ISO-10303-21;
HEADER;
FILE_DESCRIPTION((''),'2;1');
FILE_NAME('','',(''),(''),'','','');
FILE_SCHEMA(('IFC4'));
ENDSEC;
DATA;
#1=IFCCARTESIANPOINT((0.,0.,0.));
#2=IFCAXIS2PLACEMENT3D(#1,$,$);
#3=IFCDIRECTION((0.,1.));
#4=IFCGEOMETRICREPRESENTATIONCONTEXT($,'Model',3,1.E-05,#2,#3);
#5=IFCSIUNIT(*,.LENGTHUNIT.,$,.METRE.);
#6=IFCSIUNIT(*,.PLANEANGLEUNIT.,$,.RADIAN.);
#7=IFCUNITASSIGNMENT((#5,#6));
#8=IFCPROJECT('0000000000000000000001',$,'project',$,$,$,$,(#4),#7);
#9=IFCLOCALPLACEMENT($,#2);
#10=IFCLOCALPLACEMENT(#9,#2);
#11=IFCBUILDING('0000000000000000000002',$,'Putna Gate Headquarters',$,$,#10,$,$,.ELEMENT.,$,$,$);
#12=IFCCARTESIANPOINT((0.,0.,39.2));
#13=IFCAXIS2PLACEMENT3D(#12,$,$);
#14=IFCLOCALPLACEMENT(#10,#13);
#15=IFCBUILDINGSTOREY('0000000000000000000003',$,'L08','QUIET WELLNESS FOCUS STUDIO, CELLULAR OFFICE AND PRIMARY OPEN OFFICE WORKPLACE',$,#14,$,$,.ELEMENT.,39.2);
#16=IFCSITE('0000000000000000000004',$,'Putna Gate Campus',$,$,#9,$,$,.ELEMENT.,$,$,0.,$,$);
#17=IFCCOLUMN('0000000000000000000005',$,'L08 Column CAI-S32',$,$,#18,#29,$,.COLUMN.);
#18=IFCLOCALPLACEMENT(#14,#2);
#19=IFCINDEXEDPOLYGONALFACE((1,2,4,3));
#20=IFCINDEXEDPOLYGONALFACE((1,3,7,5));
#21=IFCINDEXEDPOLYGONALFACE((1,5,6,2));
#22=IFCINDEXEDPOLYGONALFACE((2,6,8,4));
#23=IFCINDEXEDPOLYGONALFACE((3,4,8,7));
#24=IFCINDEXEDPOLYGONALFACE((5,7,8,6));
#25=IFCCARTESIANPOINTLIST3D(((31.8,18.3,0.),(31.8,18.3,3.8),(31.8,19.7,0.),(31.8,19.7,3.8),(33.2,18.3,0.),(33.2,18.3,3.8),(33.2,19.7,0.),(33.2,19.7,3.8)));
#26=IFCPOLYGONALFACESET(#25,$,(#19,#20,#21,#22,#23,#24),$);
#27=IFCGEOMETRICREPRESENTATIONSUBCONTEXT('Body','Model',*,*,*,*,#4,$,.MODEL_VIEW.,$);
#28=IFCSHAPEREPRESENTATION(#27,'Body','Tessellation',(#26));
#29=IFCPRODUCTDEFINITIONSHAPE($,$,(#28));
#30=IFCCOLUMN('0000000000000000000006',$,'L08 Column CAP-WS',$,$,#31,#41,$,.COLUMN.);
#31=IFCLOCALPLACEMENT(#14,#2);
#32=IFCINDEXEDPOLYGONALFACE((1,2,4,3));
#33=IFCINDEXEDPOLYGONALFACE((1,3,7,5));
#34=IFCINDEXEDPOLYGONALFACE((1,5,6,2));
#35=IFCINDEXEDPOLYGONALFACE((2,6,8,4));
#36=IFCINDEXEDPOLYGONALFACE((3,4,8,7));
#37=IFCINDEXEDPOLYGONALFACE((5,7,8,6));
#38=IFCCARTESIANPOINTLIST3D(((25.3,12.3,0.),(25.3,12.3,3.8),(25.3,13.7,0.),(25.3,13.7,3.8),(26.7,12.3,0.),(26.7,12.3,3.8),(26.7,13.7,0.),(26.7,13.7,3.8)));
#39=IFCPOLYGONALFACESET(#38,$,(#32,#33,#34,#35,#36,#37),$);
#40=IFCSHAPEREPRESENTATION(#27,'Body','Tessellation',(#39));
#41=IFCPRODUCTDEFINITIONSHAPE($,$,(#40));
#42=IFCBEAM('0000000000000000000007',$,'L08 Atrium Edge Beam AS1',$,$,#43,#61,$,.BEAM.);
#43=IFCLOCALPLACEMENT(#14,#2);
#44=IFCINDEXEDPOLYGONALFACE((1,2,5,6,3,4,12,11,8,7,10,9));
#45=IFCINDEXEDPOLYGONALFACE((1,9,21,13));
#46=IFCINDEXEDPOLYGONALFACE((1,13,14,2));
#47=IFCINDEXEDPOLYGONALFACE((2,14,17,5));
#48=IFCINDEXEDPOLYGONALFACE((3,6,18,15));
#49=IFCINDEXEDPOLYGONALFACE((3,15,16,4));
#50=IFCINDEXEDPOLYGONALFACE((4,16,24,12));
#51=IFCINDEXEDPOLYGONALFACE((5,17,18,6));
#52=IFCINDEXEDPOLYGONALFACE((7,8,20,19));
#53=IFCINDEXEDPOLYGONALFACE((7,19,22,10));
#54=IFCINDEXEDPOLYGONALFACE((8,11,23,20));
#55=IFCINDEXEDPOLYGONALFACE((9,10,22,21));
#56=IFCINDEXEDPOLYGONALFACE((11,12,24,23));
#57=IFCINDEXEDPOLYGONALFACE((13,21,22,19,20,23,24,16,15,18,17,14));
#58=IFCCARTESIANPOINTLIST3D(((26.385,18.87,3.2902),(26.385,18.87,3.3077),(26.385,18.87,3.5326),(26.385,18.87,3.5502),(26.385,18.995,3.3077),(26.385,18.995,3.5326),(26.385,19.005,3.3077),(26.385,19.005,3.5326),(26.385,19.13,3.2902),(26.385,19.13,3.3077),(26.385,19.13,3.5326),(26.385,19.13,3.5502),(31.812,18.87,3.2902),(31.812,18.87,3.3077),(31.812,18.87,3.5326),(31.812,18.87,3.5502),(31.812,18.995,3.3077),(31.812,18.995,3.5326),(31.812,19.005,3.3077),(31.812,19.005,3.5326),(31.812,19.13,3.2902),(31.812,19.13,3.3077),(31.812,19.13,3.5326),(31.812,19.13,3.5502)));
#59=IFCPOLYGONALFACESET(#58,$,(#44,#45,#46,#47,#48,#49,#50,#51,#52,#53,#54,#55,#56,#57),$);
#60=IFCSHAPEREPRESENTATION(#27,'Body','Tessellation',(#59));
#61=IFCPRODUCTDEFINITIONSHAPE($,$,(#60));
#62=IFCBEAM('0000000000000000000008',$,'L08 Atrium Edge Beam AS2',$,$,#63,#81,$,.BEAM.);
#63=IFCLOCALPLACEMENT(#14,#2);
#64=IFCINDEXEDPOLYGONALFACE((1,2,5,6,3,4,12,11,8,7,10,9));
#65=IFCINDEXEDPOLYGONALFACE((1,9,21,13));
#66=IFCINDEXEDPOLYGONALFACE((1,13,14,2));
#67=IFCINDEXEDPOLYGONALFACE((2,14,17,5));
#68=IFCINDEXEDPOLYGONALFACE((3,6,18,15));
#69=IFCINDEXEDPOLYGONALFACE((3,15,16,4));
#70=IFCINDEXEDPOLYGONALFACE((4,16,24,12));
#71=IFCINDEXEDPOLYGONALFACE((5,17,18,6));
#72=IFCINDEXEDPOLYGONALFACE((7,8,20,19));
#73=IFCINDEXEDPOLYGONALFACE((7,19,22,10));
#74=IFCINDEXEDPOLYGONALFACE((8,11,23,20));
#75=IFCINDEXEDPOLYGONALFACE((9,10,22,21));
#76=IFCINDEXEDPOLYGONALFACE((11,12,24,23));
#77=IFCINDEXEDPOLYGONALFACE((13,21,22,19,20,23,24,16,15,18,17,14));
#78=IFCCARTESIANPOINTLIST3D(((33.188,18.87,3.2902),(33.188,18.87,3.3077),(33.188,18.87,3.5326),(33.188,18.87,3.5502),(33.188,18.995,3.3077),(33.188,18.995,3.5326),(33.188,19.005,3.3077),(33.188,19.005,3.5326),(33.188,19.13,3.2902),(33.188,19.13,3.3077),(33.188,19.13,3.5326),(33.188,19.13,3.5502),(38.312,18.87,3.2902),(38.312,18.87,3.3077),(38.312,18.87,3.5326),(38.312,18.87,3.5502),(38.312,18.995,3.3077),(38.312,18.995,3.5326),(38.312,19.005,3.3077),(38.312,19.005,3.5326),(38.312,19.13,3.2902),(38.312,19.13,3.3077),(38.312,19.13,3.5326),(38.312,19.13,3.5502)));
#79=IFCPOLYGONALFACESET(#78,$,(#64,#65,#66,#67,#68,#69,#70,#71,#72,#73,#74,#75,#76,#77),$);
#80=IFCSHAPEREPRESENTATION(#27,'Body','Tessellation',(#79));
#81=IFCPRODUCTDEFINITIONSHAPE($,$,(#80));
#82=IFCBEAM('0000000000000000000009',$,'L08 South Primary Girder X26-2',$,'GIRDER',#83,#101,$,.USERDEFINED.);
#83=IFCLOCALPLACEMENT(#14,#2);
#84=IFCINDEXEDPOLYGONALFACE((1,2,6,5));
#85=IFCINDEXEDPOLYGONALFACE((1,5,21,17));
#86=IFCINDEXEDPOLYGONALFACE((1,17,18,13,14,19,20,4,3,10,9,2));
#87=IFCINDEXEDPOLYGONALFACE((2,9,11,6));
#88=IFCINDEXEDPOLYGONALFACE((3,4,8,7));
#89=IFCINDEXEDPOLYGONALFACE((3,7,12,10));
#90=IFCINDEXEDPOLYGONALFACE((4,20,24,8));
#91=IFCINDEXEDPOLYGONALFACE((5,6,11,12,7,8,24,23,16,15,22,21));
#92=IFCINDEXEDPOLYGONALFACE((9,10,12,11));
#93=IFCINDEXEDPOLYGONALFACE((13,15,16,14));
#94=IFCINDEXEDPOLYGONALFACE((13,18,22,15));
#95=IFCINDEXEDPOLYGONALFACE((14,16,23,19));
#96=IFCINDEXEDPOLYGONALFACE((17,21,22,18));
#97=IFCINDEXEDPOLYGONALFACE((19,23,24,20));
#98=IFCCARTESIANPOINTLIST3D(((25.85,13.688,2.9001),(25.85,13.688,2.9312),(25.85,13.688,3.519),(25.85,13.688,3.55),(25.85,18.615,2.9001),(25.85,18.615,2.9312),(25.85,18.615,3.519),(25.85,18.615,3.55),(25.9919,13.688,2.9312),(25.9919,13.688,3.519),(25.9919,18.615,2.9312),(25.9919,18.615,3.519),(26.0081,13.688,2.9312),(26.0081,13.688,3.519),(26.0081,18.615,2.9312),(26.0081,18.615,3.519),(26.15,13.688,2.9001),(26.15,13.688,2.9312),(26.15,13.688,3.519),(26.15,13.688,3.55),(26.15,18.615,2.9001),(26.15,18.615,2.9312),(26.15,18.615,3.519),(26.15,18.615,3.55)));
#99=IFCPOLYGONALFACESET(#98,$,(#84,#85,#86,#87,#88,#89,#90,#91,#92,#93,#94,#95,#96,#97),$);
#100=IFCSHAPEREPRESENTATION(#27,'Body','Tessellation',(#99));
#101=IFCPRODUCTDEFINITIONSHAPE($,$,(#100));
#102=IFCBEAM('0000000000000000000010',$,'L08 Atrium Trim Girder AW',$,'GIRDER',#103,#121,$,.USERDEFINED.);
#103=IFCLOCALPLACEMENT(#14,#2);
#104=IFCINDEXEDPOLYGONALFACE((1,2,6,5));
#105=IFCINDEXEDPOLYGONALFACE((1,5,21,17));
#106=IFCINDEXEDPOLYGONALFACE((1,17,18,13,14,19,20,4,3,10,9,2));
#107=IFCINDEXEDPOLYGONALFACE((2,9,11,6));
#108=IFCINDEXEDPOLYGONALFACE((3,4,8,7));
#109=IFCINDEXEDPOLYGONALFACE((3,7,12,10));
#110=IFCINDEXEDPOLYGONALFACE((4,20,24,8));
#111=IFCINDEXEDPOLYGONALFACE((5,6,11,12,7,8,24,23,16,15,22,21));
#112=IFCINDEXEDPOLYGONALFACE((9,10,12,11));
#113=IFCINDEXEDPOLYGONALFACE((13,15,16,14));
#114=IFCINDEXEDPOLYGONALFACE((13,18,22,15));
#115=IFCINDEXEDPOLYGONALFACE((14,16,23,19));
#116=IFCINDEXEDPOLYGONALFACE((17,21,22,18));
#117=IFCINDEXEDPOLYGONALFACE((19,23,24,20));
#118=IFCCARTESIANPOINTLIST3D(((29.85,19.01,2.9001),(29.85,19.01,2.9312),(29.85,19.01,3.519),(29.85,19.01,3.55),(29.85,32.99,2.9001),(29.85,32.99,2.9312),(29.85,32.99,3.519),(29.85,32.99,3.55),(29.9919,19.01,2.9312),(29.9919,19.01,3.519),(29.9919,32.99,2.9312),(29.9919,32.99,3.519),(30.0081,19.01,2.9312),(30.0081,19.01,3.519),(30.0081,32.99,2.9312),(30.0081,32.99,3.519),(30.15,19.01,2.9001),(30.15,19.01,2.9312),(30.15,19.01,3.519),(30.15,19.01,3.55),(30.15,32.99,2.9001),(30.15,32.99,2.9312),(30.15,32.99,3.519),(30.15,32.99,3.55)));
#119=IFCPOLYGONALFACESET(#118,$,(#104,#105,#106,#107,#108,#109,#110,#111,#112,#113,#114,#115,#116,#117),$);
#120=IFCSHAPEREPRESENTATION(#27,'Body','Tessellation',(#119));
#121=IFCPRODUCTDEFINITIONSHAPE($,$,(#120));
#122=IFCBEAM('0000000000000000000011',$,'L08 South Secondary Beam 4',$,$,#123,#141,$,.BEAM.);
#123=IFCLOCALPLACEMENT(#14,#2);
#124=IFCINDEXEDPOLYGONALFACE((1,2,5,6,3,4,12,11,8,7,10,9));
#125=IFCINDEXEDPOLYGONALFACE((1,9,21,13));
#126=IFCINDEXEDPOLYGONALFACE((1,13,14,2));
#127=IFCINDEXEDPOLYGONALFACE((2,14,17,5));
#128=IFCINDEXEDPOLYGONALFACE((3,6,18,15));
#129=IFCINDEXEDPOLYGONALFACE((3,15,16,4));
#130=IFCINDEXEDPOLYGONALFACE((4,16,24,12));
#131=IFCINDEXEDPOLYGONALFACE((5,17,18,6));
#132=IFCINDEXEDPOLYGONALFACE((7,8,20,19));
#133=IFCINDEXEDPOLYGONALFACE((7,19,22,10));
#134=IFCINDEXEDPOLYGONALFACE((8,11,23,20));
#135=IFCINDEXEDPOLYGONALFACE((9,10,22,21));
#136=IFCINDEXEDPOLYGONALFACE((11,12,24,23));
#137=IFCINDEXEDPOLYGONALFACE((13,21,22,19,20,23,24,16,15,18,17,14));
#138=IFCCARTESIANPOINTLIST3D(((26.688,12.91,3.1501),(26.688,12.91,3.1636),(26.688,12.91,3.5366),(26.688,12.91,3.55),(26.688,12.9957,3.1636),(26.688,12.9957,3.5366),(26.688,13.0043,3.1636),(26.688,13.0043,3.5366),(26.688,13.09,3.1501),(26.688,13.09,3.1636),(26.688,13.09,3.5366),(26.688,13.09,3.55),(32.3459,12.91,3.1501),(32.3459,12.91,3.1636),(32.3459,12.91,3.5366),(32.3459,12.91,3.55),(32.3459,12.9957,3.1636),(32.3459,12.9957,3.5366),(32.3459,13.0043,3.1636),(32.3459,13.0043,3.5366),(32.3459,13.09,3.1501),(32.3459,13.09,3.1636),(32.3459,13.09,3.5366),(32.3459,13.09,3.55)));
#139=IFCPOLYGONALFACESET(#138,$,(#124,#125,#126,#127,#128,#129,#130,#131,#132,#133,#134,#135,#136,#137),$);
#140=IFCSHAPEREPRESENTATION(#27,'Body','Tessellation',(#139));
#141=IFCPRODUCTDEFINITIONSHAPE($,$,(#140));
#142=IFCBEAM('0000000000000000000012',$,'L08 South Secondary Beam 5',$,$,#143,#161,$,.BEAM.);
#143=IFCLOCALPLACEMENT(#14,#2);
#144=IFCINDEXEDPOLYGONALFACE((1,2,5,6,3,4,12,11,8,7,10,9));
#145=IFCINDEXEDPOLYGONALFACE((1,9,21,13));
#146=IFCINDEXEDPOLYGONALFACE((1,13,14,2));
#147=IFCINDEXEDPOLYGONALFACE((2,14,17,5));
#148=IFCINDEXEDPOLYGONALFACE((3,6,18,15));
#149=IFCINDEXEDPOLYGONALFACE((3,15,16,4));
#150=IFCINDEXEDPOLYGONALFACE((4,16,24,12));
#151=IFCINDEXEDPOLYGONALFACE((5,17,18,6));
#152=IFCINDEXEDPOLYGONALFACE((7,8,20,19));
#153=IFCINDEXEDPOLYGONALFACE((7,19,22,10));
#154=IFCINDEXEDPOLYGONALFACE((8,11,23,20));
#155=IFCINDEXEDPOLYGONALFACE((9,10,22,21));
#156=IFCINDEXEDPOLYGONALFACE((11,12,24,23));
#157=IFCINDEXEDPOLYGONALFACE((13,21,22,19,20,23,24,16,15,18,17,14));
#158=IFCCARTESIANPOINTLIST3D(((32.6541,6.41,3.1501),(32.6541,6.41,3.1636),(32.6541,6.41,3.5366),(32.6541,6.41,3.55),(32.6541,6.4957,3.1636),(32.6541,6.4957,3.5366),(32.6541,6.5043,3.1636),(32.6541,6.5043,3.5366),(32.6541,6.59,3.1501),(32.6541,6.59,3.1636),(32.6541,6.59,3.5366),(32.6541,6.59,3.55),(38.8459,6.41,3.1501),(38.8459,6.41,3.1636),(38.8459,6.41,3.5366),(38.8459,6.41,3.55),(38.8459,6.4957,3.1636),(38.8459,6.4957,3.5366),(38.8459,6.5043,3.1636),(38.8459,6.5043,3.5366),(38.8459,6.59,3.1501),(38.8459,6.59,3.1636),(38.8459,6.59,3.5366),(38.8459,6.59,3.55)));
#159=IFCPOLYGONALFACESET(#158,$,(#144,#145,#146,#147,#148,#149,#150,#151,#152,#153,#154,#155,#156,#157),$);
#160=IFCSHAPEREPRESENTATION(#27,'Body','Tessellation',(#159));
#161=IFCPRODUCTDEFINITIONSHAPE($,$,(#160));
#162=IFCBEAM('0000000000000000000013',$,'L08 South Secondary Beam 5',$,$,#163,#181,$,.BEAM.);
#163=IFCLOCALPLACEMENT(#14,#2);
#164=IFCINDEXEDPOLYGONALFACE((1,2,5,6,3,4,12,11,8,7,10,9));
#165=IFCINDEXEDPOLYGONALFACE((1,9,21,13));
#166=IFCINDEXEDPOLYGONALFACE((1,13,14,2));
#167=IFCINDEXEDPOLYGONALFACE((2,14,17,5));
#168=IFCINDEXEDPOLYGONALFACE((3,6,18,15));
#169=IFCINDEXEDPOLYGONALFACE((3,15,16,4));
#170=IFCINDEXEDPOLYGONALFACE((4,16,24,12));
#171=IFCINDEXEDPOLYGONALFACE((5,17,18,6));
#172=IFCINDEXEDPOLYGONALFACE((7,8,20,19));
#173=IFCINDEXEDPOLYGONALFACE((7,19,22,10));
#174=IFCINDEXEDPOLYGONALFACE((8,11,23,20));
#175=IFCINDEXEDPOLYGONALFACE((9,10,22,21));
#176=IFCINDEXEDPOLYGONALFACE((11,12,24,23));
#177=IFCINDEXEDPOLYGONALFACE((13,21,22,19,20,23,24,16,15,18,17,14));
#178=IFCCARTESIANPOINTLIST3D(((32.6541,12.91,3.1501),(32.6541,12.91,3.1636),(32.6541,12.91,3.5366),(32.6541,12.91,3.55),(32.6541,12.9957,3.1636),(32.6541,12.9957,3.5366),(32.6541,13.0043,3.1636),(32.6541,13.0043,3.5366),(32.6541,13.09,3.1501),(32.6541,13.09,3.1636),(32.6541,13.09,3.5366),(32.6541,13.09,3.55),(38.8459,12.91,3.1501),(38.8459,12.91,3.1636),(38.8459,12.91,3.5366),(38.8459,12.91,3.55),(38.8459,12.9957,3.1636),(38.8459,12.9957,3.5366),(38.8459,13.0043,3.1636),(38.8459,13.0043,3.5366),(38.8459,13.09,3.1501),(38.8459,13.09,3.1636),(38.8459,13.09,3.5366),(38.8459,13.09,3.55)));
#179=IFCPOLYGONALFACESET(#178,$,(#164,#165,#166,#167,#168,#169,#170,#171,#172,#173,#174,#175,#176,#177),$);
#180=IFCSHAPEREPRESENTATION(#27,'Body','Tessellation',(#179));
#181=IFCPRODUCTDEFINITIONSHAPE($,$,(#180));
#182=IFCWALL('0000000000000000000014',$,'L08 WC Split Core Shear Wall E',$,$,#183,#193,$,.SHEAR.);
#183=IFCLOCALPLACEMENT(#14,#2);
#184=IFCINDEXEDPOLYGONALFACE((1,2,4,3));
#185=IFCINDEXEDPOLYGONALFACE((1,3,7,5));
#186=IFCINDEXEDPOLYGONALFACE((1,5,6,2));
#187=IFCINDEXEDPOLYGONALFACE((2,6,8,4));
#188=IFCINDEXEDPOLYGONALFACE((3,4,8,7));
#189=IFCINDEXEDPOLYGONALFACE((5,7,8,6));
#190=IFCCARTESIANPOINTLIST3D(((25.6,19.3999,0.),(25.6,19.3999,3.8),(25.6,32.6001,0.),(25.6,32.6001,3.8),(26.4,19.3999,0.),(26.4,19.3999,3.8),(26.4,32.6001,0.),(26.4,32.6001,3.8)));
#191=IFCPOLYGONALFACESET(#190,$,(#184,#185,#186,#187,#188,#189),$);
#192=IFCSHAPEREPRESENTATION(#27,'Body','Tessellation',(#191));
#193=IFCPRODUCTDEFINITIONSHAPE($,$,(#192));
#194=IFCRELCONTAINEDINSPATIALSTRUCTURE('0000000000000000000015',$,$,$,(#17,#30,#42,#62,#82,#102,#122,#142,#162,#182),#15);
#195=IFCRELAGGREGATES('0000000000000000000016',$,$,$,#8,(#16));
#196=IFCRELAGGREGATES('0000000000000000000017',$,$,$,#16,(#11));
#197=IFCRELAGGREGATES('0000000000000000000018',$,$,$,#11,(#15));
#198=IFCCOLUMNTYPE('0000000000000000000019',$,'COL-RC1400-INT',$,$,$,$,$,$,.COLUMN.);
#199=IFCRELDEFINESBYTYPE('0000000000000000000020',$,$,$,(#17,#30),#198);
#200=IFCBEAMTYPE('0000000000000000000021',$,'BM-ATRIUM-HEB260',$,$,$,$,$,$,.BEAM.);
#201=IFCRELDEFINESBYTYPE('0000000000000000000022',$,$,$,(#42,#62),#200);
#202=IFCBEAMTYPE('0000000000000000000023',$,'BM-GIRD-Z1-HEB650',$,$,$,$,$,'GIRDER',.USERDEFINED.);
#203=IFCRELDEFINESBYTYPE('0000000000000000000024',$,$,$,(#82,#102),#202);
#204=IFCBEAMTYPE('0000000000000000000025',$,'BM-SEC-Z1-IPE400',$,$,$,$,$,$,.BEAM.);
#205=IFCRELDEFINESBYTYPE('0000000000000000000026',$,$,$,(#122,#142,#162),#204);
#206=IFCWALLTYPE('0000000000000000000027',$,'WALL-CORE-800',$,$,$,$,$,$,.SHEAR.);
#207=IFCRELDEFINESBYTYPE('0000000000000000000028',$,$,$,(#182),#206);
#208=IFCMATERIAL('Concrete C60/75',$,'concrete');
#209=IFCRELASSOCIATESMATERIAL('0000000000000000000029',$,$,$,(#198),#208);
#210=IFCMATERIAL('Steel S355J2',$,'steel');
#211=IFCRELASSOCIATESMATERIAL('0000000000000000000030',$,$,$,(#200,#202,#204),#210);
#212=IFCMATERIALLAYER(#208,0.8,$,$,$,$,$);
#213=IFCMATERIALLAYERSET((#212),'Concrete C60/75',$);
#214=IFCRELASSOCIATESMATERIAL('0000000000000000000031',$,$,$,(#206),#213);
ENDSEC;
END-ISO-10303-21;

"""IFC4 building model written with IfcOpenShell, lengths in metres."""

from ifc_helpers import new_model, si_unit, direction, frame, frame_2d, origin, origin_2d, place, context, subcontext, project, spatial, rectangle, i_section, extrude, material, layer, layer_set, material_profile, profile_set, type_object, element, save


model = new_model("IFC4")

# Units and contexts
model_context = context("Model", 3, precision=1e-05, world=origin(), true_north=direction((0.0, 1.0)))
body_context = subcontext(model_context, "Body", "Model", "MODEL_VIEW")
ifc_project = project(units=[si_unit("LENGTHUNIT", "METRE"), si_unit("PLANEANGLEUNIT", "RADIAN")], contexts=[model_context])

# Site, building, storey
site_placement = place(None, origin())
site = spatial("IfcSite", under=ifc_project, at=site_placement, Name="Putna Gate Campus", CompositionType="ELEMENT", RefElevation=0.0)
building_placement = place(site_placement, origin())
building = spatial("IfcBuilding", under=site, at=building_placement, Name="Putna Gate Headquarters", CompositionType="ELEMENT")
storey_placement = place(building_placement, frame((0.0, 0.0, 39.2)))
storey = spatial("IfcBuildingStorey", under=building, at=storey_placement, Name="L08", Description="QUIET WELLNESS FOCUS STUDIO, CELLULAR OFFICE AND PRIMARY OPEN OFFICE WORKPLACE", CompositionType="ELEMENT", Elevation=39.2)

# Columns
ifc_material_1 = material(Name="Concrete C60/75", Category="concrete")
ifc_material_profile_1 = material_profile(ifc_material_1, rectangle(XDim=1.3999, YDim=1.3999, at=origin_2d()), Name="Concrete C60/75")
ifc_profile_set_1 = profile_set([ifc_material_profile_1], Name="Concrete C60/75")
column_type = type_object("IfcColumnType", Name="COL-RC1400-INT", PredefinedType="COLUMN", material=ifc_profile_set_1)
for number, where, z_axis, x_axis, name in (
    (1, (32.5, 19.0, 0.0), (0.0, 0.0, 1.0), (1.0, 0.0, 0.0), "L08 Column CAI-S32"),
    (2, (26.0, 13.0, 0.0), (0.0, 0.0, 1.0), (1.0, 0.0, 0.0), "L08 Column CAP-WS"),
):
    element("IfcColumn", number, at=place(storey_placement, frame(where, z_axis=z_axis, x_axis=x_axis)), inside=storey, type_object=column_type, Name=name, PredefinedType="COLUMN", context=body_context, shape_type="SweptSolid", body=[
        extrude(rectangle(XDim=1.3999, YDim=1.3999, at=origin_2d()), origin(), (0.0, 0.0, 1.0), 3.8),
    ])

# Beams
ifc_material_2 = material(Name="Steel S355J2", Category="steel")
ifc_material_profile_2 = material_profile(ifc_material_2, i_section(OverallWidth=0.26, OverallDepth=0.26, WebThickness=0.01, FlangeThickness=0.0176, at=origin_2d()), Name="Steel S355J2")
ifc_profile_set_2 = profile_set([ifc_material_profile_2], Name="Steel S355J2")
beam_type_1 = type_object("IfcBeamType", Name="BM-ATRIUM-HEB260", PredefinedType="BEAM", material=ifc_profile_set_2)
beam_1_placement = place(storey_placement, frame((26.385, 19.0, 3.4202), z_axis=(1.0, 0.0, 0.0), x_axis=(0.0, 1.0, 0.0)))
element("IfcBeam", 3, at=beam_1_placement, inside=storey, type_object=beam_type_1, Name="L08 Atrium Edge Beam AS1", PredefinedType="BEAM", context=body_context, shape_type="SweptSolid", body=[
    extrude(i_section(OverallWidth=0.26, OverallDepth=0.26, WebThickness=0.01, FlangeThickness=0.0176, at=origin_2d()), origin(), (0.0, 0.0, 1.0), 5.427),
])
beam_2_placement = place(storey_placement, frame((33.188, 19.0, 3.4202), z_axis=(1.0, 0.0, 0.0), x_axis=(0.0, 1.0, 0.0)))
element("IfcBeam", 4, at=beam_2_placement, inside=storey, type_object=beam_type_1, Name="L08 Atrium Edge Beam AS2", PredefinedType="BEAM", context=body_context, shape_type="SweptSolid", body=[
    extrude(i_section(OverallWidth=0.26, OverallDepth=0.26, WebThickness=0.01, FlangeThickness=0.0176, at=origin_2d()), origin(), (0.0, 0.0, 1.0), 5.124),
])
ifc_material_profile_3 = material_profile(ifc_material_2, i_section(OverallWidth=0.3, OverallDepth=0.6499, WebThickness=0.0161, FlangeThickness=0.031, at=origin_2d()), Name="Steel S355J2")
ifc_profile_set_3 = profile_set([ifc_material_profile_3], Name="Steel S355J2")
beam_type_2 = type_object("IfcBeamType", Name="BM-GIRD-Z1-HEB650", ElementType="GIRDER", PredefinedType="USERDEFINED", material=ifc_profile_set_3)
beam_3_placement = place(storey_placement, frame((26.0, 13.688, 3.2251), z_axis=(0.0, 1.0, 0.0), x_axis=(-1.0, 0.0, 0.0)))
element("IfcBeam", 5, at=beam_3_placement, inside=storey, type_object=beam_type_2, Name="L08 South Primary Girder X26-2", ObjectType="GIRDER", PredefinedType="USERDEFINED", context=body_context, shape_type="SweptSolid", body=[
    extrude(i_section(OverallWidth=0.3, OverallDepth=0.6499, WebThickness=0.0161, FlangeThickness=0.031, at=origin_2d()), origin(), (0.0, 0.0, 1.0), 4.927),
])
beam_4_placement = place(storey_placement, frame((30.0, 19.01, 3.2251), z_axis=(0.0, 1.0, 0.0), x_axis=(-1.0, 0.0, 0.0)))
element("IfcBeam", 6, at=beam_4_placement, inside=storey, type_object=beam_type_2, Name="L08 Atrium Trim Girder AW", ObjectType="GIRDER", PredefinedType="USERDEFINED", context=body_context, shape_type="SweptSolid", body=[
    extrude(i_section(OverallWidth=0.3, OverallDepth=0.6499, WebThickness=0.0161, FlangeThickness=0.031, at=origin_2d()), origin(), (0.0, 0.0, 1.0), 13.98),
])
ifc_material_profile_4 = material_profile(ifc_material_2, i_section(OverallWidth=0.1799, OverallDepth=0.3999, WebThickness=0.0085, FlangeThickness=0.0134, at=origin_2d()), Name="Steel S355J2")
ifc_profile_set_4 = profile_set([ifc_material_profile_4], Name="Steel S355J2")
beam_type_3 = type_object("IfcBeamType", Name="BM-SEC-Z1-IPE400", PredefinedType="BEAM", material=ifc_profile_set_4)
beam_5_placement = place(storey_placement, frame((26.688, 13.0, 3.3501), z_axis=(1.0, 0.0, 0.0), x_axis=(0.0, 1.0, 0.0)))
element("IfcBeam", 7, at=beam_5_placement, inside=storey, type_object=beam_type_3, Name="L08 South Secondary Beam 4", PredefinedType="BEAM", context=body_context, shape_type="SweptSolid", body=[
    extrude(i_section(OverallWidth=0.1799, OverallDepth=0.3999, WebThickness=0.0085, FlangeThickness=0.0134, at=origin_2d()), origin(), (0.0, 0.0, 1.0), 5.658),
])
for number, where, z_axis, x_axis, name in (
    (8, (32.6541, 6.5, 3.3501), (1.0, 0.0, 0.0), (0.0, 1.0, 0.0), "L08 South Secondary Beam 5"),
    (9, (32.6541, 13.0, 3.3501), (1.0, 0.0, 0.0), (0.0, 1.0, 0.0), "L08 South Secondary Beam 5"),
):
    element("IfcBeam", number, at=place(storey_placement, frame(where, z_axis=z_axis, x_axis=x_axis)), inside=storey, type_object=beam_type_3, Name=name, PredefinedType="BEAM", context=body_context, shape_type="SweptSolid", body=[
        extrude(i_section(OverallWidth=0.1799, OverallDepth=0.3999, WebThickness=0.0085, FlangeThickness=0.0134, at=origin_2d()), origin(), (0.0, 0.0, 1.0), 6.1919),
    ])

# Wall
ifc_layer_1 = layer(ifc_material_1, 0.8)
ifc_layer_set_1 = layer_set([ifc_layer_1], Name="Concrete C60/75")
wall_type_1 = type_object("IfcWallType", Name="WALL-CORE-800", PredefinedType="SHEAR", material=ifc_layer_set_1)
wall_1_placement = place(storey_placement, frame((26.0, 19.3999, 0.0), z_axis=(0.0, 0.0, 1.0), x_axis=(0.0, 1.0, 0.0)))
element("IfcWall", 10, at=wall_1_placement, inside=storey, type_object=wall_type_1, Name="L08 WC Split Core Shear Wall E", PredefinedType="SHEAR", context=body_context, shape_type="SweptSolid", body=[
    extrude(rectangle(XDim=13.2002, YDim=0.8, at=frame_2d((6.6001, 0.0))), origin(), (0.0, 0.0, 1.0), 3.8),
])

save(model, "model.ifc")
